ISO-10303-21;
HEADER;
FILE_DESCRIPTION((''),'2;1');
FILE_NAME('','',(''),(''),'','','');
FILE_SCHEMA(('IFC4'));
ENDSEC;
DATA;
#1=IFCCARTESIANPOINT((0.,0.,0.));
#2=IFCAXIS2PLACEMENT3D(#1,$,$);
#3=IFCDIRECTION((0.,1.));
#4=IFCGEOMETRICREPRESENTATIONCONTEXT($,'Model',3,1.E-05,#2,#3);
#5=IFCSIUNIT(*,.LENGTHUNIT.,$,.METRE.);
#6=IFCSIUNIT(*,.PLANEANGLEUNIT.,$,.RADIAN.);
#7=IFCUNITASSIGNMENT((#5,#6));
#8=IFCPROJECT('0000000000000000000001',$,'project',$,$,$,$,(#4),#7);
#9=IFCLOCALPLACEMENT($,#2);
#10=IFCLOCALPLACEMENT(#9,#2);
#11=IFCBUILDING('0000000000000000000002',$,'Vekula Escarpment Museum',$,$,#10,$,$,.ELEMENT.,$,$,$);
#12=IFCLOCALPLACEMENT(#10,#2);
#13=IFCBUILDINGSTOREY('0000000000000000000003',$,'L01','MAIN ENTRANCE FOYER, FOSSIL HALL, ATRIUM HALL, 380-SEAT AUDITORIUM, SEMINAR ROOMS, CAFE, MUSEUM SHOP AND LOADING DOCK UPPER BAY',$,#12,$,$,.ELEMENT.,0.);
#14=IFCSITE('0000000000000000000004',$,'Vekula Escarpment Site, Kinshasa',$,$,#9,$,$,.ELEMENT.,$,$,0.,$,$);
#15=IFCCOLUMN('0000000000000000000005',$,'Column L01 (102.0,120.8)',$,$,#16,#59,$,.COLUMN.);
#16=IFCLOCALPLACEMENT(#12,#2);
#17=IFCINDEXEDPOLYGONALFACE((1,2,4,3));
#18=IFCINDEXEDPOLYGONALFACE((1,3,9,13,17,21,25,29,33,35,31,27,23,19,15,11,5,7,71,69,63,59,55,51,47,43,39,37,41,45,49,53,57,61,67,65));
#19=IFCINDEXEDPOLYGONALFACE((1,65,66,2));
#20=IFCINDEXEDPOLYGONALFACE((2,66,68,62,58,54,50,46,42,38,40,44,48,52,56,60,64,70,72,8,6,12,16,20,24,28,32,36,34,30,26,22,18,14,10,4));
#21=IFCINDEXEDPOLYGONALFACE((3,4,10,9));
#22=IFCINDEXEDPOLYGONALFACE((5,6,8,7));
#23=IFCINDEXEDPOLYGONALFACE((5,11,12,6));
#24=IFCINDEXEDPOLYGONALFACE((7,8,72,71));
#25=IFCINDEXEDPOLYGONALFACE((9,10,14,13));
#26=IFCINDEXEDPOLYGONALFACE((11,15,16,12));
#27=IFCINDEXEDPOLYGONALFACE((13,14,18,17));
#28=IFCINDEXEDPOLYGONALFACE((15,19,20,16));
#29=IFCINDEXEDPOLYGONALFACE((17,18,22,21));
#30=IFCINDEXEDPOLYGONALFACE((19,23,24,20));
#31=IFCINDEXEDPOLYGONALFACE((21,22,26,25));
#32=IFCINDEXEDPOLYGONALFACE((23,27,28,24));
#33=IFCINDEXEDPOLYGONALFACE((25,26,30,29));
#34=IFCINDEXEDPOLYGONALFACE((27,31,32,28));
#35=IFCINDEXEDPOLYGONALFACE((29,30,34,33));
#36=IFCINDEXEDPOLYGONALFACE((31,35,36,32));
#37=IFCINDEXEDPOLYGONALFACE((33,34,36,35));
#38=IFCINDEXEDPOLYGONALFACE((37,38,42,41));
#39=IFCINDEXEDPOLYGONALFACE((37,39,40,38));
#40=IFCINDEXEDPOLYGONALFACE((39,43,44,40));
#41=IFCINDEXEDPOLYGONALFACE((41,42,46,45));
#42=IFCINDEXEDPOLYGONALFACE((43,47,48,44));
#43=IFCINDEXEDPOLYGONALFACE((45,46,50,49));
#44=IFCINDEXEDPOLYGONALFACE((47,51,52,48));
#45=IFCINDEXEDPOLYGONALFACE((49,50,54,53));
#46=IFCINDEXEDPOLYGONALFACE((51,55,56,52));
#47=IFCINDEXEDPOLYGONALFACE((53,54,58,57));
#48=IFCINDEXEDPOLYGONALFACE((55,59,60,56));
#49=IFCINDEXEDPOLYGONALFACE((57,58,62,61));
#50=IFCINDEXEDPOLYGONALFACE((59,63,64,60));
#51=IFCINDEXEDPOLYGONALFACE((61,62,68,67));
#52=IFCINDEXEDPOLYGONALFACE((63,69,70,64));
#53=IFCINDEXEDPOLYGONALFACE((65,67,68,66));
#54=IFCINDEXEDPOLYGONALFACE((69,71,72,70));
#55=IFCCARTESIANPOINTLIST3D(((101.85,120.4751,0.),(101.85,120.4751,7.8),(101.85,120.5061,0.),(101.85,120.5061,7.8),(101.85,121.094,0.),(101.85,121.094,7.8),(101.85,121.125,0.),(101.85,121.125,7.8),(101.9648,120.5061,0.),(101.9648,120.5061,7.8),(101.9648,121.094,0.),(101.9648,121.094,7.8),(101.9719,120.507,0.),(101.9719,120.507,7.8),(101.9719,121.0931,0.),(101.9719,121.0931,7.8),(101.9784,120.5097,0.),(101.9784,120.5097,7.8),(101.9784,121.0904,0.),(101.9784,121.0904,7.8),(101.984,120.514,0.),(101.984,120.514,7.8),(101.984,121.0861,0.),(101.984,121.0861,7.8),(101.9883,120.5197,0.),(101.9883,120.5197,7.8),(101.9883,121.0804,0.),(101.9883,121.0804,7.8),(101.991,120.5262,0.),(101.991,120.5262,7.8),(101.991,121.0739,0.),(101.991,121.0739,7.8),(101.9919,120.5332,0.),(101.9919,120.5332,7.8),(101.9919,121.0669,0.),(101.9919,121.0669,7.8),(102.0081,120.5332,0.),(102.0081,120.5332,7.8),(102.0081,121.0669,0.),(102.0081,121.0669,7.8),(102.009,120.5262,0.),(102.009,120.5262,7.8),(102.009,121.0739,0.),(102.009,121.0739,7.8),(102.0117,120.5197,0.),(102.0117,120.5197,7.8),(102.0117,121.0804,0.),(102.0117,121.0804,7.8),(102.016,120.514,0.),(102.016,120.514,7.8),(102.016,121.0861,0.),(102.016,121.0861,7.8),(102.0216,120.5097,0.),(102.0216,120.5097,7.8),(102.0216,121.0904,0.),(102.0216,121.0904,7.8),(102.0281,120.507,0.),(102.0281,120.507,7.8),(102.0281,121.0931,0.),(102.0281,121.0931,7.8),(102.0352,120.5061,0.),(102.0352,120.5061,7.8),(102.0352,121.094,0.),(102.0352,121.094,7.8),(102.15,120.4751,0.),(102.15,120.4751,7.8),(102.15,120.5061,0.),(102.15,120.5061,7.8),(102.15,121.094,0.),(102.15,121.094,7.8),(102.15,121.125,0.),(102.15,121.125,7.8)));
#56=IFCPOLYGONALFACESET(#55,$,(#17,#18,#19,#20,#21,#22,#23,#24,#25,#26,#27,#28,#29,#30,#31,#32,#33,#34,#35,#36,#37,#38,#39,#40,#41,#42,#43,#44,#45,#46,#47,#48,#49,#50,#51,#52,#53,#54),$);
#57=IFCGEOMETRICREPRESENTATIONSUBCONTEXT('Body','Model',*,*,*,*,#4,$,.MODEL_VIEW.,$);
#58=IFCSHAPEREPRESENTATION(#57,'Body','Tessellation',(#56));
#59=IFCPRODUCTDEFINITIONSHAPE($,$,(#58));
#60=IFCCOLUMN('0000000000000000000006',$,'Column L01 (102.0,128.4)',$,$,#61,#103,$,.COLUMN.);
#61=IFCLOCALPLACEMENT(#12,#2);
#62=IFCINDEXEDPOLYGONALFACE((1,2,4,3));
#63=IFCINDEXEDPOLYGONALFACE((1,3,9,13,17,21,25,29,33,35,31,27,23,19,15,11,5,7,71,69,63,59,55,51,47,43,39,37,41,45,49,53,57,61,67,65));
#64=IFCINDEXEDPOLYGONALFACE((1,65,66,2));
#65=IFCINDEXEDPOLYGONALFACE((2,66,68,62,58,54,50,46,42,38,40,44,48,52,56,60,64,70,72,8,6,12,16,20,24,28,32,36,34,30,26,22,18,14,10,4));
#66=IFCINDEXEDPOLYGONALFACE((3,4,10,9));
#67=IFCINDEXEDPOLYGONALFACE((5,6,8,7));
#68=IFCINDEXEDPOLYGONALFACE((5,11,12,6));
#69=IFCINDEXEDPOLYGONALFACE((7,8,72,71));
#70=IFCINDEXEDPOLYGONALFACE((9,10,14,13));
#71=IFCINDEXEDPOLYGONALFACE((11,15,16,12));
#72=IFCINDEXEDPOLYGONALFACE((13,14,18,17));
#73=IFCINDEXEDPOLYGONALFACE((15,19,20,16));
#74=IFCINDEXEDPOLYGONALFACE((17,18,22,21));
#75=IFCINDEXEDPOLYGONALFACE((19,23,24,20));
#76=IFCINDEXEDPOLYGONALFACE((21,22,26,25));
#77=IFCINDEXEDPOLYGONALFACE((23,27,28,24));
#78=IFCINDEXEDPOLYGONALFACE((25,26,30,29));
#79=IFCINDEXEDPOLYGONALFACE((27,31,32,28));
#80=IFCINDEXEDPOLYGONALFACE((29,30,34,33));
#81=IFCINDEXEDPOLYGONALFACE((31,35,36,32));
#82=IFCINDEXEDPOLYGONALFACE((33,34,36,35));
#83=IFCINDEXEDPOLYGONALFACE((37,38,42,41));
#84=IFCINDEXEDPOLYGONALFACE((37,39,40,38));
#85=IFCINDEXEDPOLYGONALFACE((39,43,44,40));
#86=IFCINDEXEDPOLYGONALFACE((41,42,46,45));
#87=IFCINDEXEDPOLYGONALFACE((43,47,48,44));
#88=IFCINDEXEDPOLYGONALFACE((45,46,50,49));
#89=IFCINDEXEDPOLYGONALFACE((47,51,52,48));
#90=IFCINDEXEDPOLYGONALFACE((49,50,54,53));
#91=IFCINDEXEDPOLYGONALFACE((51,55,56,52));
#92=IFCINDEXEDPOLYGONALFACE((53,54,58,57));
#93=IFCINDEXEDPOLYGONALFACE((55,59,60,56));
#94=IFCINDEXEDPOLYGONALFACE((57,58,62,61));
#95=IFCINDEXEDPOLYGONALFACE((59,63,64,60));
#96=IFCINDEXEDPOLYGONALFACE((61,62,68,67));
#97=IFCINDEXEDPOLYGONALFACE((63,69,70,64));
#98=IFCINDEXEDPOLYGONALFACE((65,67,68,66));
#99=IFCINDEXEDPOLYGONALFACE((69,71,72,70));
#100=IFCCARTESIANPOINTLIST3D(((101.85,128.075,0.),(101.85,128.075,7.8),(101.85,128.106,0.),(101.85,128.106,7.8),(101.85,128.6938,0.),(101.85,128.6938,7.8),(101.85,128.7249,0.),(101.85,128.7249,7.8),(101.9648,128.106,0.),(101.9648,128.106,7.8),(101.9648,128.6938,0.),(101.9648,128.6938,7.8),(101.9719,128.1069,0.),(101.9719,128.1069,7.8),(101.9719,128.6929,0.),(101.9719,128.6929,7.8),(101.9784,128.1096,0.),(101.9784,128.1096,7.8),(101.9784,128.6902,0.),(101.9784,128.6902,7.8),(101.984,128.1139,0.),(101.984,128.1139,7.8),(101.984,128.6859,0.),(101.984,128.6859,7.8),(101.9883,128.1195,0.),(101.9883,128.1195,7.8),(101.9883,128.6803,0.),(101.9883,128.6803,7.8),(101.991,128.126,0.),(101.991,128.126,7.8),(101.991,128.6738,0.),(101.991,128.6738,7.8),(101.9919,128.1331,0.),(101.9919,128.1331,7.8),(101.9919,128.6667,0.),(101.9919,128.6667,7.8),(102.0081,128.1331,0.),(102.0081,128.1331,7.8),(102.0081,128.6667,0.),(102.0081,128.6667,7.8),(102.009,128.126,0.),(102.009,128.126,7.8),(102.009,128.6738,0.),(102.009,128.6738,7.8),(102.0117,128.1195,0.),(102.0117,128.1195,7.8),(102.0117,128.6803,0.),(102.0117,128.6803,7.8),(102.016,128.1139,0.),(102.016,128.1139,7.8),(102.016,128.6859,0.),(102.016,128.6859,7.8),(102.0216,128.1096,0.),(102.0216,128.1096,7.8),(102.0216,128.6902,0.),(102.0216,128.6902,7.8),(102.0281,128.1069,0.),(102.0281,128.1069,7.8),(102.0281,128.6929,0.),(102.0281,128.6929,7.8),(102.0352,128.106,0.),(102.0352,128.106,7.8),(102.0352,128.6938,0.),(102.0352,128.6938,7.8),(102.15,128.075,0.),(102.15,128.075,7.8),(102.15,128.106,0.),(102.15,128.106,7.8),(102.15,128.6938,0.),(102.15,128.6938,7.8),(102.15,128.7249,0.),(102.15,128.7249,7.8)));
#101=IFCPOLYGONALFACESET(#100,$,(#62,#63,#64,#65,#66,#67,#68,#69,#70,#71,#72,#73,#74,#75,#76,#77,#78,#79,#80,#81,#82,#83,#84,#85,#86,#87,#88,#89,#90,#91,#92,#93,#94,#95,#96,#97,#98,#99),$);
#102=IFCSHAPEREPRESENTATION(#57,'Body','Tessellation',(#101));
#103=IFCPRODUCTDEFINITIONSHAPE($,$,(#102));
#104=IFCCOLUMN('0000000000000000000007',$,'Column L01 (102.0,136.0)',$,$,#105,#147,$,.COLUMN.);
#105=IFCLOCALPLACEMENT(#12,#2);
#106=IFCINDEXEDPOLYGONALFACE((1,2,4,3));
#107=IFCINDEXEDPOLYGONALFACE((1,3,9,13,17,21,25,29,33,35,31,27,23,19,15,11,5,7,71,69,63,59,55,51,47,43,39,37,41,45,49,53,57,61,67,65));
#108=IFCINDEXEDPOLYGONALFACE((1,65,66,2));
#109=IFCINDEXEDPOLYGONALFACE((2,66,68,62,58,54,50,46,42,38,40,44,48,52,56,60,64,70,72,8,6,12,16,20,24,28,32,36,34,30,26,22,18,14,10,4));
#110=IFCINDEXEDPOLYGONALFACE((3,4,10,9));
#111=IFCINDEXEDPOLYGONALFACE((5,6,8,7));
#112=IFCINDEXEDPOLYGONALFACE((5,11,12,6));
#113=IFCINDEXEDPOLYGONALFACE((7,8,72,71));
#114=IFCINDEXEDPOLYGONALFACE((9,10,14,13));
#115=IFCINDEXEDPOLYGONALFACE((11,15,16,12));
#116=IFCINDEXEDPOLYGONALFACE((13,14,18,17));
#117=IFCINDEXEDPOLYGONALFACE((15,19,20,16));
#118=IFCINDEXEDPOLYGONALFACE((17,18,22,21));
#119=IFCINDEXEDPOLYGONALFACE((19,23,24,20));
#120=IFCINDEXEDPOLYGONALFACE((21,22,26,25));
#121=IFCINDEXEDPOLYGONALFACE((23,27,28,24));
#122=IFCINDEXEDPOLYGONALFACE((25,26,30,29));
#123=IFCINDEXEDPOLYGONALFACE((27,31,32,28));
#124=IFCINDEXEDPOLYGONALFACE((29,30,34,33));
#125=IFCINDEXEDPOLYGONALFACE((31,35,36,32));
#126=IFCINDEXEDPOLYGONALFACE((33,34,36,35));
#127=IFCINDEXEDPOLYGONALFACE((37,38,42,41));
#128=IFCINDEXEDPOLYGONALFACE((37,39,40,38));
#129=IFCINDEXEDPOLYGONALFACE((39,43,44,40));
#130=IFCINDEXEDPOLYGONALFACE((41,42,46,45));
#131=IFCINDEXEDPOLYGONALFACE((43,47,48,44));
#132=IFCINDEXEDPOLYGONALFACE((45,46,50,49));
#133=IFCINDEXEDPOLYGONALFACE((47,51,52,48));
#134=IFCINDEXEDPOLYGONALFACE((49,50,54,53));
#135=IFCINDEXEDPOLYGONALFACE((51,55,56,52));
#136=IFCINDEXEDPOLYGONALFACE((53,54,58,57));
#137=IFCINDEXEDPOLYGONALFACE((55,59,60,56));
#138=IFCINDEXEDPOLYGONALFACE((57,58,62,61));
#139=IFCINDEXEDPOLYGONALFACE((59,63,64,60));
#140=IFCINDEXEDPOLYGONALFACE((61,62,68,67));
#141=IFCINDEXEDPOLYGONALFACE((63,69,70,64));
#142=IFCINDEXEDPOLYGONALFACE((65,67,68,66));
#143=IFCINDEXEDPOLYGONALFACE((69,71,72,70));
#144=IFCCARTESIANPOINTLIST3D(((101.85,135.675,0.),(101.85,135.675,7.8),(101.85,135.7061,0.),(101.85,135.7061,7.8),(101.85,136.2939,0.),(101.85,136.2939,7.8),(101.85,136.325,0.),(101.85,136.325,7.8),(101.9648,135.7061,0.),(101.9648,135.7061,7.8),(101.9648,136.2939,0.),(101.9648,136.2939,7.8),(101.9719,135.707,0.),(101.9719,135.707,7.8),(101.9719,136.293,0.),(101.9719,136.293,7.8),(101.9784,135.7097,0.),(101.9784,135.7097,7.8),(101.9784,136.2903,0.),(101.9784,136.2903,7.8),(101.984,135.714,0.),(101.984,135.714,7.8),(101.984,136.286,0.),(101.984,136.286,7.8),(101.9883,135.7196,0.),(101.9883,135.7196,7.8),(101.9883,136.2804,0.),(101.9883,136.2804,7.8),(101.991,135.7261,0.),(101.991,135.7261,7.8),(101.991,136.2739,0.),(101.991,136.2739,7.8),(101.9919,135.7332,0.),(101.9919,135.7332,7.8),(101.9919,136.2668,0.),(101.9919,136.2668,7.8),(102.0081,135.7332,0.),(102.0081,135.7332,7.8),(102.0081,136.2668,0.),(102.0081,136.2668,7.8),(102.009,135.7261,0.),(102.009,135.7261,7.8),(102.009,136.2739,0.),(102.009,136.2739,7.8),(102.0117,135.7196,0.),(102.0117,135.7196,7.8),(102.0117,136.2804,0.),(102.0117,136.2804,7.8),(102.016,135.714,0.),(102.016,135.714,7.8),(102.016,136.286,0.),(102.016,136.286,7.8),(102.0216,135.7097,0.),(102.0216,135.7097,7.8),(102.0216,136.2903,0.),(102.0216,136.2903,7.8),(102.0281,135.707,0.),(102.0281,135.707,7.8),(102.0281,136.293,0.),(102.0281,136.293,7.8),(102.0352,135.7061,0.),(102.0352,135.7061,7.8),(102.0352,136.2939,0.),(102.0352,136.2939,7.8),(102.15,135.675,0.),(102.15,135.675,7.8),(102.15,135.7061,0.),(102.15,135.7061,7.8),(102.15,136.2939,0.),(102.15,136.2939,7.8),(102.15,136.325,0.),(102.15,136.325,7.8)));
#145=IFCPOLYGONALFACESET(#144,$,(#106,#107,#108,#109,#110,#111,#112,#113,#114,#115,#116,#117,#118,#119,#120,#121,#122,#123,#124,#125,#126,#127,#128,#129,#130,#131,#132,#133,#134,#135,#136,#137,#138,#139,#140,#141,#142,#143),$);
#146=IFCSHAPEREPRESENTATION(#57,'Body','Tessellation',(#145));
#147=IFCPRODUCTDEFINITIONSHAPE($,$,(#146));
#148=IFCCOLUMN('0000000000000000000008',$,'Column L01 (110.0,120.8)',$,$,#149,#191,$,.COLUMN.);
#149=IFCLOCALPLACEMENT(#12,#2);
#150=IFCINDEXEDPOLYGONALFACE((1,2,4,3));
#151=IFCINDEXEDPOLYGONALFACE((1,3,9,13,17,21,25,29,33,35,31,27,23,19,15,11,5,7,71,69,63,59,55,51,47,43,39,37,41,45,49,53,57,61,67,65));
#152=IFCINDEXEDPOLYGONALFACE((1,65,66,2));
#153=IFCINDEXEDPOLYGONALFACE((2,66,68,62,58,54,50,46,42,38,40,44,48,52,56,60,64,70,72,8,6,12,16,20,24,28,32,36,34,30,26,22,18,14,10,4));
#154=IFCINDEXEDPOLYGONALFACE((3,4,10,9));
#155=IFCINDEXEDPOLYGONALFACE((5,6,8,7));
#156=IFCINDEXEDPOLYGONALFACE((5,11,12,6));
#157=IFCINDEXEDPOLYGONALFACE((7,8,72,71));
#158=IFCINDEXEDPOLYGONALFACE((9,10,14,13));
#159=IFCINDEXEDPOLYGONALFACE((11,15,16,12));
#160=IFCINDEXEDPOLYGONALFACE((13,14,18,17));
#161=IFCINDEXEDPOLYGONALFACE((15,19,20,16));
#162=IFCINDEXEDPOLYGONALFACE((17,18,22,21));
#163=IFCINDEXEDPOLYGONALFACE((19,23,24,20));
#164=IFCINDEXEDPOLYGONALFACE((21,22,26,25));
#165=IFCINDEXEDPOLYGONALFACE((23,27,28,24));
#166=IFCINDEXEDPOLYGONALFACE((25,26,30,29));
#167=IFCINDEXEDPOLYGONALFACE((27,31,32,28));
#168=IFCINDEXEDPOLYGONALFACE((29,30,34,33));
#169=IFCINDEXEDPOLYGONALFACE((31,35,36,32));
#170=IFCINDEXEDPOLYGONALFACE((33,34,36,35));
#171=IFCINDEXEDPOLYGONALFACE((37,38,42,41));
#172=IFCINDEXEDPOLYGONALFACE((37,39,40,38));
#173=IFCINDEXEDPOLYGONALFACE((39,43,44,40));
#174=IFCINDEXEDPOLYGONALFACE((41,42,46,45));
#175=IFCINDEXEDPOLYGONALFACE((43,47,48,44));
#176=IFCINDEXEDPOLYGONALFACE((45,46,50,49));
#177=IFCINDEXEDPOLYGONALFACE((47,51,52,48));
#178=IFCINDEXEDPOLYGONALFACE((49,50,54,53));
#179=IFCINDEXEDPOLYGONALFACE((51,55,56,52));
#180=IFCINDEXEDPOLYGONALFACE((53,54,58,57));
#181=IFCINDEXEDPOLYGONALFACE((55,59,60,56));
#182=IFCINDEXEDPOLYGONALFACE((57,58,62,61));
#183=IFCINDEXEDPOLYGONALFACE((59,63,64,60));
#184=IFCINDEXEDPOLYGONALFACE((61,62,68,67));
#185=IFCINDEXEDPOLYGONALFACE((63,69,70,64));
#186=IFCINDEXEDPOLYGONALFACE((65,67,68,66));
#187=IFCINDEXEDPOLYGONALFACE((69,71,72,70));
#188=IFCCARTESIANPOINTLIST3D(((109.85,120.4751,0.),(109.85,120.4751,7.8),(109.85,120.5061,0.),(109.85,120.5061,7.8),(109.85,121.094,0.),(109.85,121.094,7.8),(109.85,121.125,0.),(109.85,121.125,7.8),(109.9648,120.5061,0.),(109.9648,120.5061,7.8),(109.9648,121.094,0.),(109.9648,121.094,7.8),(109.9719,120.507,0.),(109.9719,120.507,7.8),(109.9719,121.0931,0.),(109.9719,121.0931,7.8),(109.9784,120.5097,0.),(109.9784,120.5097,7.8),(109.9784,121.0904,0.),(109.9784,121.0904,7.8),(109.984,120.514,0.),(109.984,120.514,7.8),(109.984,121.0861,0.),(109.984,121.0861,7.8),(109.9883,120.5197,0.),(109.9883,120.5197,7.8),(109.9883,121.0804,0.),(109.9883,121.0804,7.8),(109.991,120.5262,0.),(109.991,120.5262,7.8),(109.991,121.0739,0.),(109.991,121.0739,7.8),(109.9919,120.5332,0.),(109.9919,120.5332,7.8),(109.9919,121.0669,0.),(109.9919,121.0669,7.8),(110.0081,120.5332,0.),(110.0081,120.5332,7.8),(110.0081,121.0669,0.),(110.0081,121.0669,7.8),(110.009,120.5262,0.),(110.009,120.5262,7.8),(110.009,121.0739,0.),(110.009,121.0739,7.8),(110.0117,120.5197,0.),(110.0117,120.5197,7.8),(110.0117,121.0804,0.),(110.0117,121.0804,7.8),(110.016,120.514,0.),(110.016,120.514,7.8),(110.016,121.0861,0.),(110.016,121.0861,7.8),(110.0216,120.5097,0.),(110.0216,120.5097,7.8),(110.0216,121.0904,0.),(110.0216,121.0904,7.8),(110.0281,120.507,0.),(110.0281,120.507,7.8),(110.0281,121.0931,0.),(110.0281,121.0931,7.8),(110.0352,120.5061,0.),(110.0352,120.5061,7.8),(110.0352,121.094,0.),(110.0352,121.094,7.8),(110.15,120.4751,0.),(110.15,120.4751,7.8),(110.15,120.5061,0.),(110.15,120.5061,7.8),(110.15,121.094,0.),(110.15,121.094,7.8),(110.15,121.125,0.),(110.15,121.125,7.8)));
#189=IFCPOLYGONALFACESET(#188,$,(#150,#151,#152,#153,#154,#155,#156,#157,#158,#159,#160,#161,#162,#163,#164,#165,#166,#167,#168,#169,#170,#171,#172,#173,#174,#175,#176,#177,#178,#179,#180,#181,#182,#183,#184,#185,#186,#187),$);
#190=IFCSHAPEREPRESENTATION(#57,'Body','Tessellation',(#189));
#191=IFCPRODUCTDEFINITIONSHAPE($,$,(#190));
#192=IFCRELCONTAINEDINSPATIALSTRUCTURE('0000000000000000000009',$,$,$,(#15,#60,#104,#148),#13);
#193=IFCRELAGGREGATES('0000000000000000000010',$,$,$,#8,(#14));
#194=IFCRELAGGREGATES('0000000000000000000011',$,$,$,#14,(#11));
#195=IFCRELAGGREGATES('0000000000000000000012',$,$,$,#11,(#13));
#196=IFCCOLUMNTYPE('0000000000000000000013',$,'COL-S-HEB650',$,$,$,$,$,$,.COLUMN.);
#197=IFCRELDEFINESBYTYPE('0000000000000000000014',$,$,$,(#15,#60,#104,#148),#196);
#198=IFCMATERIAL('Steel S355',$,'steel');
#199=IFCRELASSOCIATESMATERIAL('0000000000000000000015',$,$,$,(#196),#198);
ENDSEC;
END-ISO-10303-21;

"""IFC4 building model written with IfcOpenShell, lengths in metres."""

from ifc_helpers import new_model, si_unit, direction, frame, origin, origin_2d, place, context, subcontext, project, spatial, i_section, extrude, material, material_profile, profile_set, type_object, element, save


model = new_model("IFC4")

# Units and contexts
model_context = context("Model", 3, precision=1e-05, world=origin(), true_north=direction((0.0, 1.0)))
body_context = subcontext(model_context, "Body", "Model", "MODEL_VIEW")
ifc_project = project(units=[si_unit("LENGTHUNIT", "METRE"), si_unit("PLANEANGLEUNIT", "RADIAN")], contexts=[model_context])

# Site, building, storey
site_placement = place(None, origin())
site = spatial("IfcSite", under=ifc_project, at=site_placement, Name="Vekula Escarpment Site, Kinshasa", CompositionType="ELEMENT", RefElevation=0.0)
building_placement = place(site_placement, origin())
building = spatial("IfcBuilding", under=site, at=building_placement, Name="Vekula Escarpment Museum", CompositionType="ELEMENT")
storey_placement = place(building_placement, origin())
storey = spatial("IfcBuildingStorey", under=building, at=storey_placement, Name="L01", Description="MAIN ENTRANCE FOYER, FOSSIL HALL, ATRIUM HALL, 380-SEAT AUDITORIUM, SEMINAR ROOMS, CAFE, MUSEUM SHOP AND LOADING DOCK UPPER BAY", CompositionType="ELEMENT", Elevation=0.0)

# Columns
ifc_material_1 = material(Name="Steel S355", Category="steel")
ifc_material_profile_1 = material_profile(ifc_material_1, i_section(OverallWidth=0.3, OverallDepth=0.6499, WebThickness=0.0161, FlangeThickness=0.031, FilletRadius=0.0271, at=origin_2d()), Name="HEB 650")
ifc_profile_set_1 = profile_set([ifc_material_profile_1], Name="Steel S355")
column_type = type_object("IfcColumnType", Name="COL-S-HEB650", PredefinedType="COLUMN", material=ifc_profile_set_1)
for number, where, z_axis, x_axis, name in (
    (1, (102.0, 120.8, 0.0), (0.0, 0.0, 1.0), (1.0, 0.0, 0.0), "Column L01 (102.0,120.8)"),
    (2, (102.0, 128.3999, 0.0), (0.0, 0.0, 1.0), (1.0, 0.0, 0.0), "Column L01 (102.0,128.4)"),
    (3, (102.0, 136.0, 0.0), (0.0, 0.0, 1.0), (1.0, 0.0, 0.0), "Column L01 (102.0,136.0)"),
    (4, (110.0, 120.8, 0.0), (0.0, 0.0, 1.0), (1.0, 0.0, 0.0), "Column L01 (110.0,120.8)"),
):
    element("IfcColumn", number, at=place(storey_placement, frame(where, z_axis=z_axis, x_axis=x_axis)), inside=storey, type_object=column_type, Name=name, PredefinedType="COLUMN", context=body_context, shape_type="SweptSolid", body=[
        extrude(i_section(OverallWidth=0.3, OverallDepth=0.6499, WebThickness=0.0161, FlangeThickness=0.031, FilletRadius=0.0271, at=origin_2d()), origin(), (0.0, 0.0, 1.0), 7.8),
    ])

save(model, "model.ifc")
